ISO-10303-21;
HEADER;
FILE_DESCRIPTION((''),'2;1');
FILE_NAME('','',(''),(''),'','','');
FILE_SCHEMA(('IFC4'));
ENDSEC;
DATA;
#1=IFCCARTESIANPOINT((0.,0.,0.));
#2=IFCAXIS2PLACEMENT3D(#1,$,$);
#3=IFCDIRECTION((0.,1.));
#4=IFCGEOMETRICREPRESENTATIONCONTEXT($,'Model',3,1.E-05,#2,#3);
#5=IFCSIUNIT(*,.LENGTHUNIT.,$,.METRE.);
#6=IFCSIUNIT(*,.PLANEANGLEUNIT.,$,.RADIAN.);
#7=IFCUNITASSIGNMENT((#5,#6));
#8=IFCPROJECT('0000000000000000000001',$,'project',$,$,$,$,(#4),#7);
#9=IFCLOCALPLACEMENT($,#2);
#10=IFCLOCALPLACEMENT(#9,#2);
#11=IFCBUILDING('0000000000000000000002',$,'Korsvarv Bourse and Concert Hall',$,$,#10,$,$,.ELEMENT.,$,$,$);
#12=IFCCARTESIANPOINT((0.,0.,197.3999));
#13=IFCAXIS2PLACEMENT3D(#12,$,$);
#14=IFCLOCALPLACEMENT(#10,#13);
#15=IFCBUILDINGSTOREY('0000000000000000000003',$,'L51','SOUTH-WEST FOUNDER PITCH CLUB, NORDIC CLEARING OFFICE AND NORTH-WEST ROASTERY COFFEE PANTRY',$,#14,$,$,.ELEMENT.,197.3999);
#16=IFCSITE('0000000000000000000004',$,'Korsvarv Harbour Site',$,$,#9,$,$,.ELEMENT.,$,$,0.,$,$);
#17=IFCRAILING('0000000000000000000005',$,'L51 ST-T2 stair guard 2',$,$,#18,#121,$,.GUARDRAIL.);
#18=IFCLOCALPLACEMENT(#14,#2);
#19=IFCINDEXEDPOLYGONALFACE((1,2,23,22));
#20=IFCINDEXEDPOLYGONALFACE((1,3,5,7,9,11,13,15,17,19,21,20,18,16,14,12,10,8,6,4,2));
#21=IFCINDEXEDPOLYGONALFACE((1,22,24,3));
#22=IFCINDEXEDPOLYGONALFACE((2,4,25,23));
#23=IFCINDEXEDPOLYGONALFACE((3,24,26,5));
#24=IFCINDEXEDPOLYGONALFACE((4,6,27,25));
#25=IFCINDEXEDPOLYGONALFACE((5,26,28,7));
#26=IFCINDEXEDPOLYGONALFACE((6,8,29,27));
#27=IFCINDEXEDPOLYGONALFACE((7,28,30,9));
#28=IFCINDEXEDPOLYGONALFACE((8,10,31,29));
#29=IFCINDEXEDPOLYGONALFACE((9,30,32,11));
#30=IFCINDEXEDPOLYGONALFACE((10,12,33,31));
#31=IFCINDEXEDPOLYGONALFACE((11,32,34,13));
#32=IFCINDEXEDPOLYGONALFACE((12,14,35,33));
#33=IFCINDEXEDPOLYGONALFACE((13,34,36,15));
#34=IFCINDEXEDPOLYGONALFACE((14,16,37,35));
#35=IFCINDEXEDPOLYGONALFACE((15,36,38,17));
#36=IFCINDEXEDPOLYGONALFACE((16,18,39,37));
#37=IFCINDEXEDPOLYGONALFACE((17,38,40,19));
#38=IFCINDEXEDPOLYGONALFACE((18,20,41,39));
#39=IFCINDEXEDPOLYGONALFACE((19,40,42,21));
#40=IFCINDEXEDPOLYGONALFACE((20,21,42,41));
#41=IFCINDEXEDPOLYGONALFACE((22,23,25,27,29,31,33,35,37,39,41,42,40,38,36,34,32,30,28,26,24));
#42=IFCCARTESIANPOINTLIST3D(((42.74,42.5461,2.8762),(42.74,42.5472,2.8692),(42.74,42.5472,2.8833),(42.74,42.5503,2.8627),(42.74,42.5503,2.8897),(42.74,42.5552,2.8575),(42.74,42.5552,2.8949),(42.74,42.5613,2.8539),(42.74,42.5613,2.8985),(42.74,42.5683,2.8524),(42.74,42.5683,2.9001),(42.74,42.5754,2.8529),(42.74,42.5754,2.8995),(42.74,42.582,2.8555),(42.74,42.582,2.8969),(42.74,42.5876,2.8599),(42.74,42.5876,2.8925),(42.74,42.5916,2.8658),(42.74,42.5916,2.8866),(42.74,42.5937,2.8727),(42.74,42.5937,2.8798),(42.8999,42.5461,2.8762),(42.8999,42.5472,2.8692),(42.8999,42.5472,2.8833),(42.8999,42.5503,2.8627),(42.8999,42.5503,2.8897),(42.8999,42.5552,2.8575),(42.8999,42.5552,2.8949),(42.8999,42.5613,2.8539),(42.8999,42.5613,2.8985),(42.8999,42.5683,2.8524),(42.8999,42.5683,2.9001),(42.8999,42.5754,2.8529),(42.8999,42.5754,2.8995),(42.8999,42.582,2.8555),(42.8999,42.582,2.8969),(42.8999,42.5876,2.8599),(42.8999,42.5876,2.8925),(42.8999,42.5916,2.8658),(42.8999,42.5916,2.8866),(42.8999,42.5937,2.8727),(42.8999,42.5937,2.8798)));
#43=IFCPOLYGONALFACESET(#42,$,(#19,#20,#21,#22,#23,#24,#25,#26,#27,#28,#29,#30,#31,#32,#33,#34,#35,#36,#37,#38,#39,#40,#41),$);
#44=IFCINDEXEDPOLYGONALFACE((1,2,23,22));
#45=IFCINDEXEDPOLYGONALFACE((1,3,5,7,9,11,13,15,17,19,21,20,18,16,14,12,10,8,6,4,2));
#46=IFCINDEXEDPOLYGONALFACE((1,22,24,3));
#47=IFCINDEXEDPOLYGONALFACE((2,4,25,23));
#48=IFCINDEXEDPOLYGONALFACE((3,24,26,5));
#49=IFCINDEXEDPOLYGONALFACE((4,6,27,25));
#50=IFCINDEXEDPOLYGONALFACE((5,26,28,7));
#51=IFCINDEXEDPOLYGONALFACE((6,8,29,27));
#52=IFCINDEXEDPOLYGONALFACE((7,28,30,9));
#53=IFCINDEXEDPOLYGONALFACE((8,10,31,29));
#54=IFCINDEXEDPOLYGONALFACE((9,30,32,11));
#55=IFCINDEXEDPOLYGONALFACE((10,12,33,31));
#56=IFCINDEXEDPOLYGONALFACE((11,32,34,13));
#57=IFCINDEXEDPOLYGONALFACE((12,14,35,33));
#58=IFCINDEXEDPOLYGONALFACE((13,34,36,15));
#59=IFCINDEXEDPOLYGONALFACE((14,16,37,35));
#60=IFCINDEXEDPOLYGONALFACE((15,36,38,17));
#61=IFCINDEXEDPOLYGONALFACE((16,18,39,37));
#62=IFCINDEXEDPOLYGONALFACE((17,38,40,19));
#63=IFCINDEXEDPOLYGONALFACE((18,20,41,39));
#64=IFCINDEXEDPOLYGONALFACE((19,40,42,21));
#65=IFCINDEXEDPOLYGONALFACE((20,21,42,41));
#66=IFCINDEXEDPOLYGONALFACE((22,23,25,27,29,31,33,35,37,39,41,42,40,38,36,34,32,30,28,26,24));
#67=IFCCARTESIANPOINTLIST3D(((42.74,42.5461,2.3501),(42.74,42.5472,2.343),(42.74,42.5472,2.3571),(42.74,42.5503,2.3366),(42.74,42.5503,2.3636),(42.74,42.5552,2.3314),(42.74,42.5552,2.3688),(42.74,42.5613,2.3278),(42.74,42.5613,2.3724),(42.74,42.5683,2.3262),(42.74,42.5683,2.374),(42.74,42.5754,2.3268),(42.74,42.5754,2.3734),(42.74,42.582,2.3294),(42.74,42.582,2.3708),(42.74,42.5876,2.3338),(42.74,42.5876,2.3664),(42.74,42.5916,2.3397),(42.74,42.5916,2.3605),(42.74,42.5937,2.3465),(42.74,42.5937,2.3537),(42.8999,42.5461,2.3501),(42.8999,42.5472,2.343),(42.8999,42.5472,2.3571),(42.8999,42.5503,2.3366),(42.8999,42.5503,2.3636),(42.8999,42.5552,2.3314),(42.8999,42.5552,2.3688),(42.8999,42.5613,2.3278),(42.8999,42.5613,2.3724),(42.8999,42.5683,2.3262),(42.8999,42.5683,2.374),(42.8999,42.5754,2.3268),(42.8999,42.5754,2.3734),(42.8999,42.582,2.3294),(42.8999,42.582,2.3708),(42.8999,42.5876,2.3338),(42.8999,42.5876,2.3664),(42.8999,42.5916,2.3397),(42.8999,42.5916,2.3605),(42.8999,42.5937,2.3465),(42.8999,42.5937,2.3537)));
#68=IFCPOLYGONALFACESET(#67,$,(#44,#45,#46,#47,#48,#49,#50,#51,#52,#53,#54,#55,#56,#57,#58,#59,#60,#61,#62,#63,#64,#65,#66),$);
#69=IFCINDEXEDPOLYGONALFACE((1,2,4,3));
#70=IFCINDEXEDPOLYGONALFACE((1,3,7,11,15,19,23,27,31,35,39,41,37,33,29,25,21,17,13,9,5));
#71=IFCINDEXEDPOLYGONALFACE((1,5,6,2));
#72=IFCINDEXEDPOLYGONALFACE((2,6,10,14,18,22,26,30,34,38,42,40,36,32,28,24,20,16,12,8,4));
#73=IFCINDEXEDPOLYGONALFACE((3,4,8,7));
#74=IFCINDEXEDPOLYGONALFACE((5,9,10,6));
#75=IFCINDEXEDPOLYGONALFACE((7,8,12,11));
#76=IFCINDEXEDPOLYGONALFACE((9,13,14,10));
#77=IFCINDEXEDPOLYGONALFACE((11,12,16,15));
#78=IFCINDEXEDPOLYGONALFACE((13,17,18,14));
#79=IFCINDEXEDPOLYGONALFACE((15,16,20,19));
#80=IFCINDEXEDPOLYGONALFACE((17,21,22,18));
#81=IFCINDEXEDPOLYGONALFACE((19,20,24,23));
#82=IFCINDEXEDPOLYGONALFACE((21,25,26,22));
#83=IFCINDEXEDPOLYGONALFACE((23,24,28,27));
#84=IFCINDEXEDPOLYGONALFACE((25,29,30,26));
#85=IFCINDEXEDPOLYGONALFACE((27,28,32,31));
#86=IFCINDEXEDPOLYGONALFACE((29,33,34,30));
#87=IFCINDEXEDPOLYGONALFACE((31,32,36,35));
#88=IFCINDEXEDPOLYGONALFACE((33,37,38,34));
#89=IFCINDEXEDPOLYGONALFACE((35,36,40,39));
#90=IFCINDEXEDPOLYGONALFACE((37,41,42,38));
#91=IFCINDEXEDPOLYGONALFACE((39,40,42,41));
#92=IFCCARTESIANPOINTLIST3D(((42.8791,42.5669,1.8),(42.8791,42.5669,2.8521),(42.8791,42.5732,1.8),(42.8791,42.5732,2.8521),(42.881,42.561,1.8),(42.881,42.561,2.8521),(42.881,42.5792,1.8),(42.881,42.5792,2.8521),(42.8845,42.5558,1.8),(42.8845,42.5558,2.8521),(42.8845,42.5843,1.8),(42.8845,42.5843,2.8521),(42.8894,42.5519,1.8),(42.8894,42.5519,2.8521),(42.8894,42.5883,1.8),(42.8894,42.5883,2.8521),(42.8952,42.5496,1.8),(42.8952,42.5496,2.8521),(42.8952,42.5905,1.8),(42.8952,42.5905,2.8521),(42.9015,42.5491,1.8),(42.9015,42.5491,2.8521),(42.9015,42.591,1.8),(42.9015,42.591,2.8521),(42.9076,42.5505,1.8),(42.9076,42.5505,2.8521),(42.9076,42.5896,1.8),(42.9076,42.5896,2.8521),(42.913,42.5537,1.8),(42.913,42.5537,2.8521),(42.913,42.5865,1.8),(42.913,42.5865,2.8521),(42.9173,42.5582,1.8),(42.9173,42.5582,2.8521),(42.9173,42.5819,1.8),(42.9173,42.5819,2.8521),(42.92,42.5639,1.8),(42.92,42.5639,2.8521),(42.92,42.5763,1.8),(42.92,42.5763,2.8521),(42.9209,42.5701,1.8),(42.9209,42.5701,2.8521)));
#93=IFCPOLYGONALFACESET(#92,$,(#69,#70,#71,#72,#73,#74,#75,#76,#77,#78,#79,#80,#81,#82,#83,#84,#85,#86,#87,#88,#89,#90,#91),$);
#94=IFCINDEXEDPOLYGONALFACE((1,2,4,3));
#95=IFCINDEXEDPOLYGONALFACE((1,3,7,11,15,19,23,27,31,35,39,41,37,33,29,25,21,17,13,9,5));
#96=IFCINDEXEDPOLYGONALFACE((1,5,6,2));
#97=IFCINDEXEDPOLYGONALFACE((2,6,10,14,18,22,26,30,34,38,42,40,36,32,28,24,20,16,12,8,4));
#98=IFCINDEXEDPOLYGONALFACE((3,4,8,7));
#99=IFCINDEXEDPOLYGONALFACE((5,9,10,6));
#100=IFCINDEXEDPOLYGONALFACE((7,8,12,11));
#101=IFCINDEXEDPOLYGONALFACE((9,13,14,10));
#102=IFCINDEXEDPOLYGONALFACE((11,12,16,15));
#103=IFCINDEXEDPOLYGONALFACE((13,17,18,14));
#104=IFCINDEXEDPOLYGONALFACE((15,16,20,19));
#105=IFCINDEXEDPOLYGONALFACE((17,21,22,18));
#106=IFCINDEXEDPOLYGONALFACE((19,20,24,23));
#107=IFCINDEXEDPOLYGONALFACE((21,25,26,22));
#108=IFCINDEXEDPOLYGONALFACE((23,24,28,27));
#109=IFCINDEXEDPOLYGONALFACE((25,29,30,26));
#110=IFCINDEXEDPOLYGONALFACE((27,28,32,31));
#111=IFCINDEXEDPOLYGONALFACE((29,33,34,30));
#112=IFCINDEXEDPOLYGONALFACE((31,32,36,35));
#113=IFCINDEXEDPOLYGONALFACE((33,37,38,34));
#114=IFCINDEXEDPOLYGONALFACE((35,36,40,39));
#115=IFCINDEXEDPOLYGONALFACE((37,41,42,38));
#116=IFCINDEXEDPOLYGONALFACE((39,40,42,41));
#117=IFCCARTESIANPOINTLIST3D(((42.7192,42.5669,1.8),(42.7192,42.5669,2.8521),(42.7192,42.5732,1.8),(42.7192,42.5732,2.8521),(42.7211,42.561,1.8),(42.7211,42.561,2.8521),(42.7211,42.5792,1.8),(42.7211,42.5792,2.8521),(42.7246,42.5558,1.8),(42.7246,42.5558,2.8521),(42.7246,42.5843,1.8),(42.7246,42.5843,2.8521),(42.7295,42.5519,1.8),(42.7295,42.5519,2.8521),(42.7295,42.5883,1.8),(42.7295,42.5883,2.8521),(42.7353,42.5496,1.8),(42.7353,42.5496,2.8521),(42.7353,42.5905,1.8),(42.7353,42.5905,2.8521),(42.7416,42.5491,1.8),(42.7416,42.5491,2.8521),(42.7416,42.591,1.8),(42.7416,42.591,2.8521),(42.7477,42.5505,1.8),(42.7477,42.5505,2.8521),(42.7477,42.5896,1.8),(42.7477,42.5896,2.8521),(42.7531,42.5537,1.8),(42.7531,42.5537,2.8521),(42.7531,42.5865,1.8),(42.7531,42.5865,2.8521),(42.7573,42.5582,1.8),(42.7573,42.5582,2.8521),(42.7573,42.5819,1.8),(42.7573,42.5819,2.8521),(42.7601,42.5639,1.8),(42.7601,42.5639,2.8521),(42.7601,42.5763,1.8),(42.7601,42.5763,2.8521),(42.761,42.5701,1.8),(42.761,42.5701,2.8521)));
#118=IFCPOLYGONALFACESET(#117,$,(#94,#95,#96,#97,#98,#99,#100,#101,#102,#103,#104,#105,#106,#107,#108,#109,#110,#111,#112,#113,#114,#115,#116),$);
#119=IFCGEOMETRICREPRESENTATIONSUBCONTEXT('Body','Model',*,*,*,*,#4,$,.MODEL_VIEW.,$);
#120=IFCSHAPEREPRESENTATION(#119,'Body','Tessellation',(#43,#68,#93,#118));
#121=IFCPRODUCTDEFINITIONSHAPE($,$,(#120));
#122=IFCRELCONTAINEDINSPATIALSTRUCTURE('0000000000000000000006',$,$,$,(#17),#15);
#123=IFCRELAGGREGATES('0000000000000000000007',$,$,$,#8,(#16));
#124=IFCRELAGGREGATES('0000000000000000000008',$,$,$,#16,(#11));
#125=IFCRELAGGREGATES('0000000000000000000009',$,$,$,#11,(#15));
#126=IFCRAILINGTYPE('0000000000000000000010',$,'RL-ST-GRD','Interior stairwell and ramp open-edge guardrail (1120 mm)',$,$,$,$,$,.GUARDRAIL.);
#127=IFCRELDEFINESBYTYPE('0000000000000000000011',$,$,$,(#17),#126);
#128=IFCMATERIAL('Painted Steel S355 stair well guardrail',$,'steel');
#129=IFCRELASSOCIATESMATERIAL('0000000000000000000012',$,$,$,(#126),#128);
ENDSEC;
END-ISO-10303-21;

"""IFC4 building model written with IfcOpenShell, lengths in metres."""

from ifc_helpers import new_model, si_unit, direction, frame, origin, origin_2d, place, context, subcontext, project, spatial, circle, extrude, material, type_object, element, save


model = new_model("IFC4")

# Units and contexts
model_context = context("Model", 3, precision=1e-05, world=origin(), true_north=direction((0.0, 1.0)))
body_context = subcontext(model_context, "Body", "Model", "MODEL_VIEW")
ifc_project = project(units=[si_unit("LENGTHUNIT", "METRE"), si_unit("PLANEANGLEUNIT", "RADIAN")], contexts=[model_context])

# Site, building, storey
site_placement = place(None, origin())
site = spatial("IfcSite", under=ifc_project, at=site_placement, Name="Korsvarv Harbour Site", CompositionType="ELEMENT", RefElevation=0.0)
building_placement = place(site_placement, origin())
building = spatial("IfcBuilding", under=site, at=building_placement, Name="Korsvarv Bourse and Concert Hall", CompositionType="ELEMENT")
storey_placement = place(building_placement, frame((0.0, 0.0, 197.3999)))
storey = spatial("IfcBuildingStorey", under=building, at=storey_placement, Name="L51", Description="SOUTH-WEST FOUNDER PITCH CLUB, NORDIC CLEARING OFFICE AND NORTH-WEST ROASTERY COFFEE PANTRY", CompositionType="ELEMENT", Elevation=197.3999)

# Railing
ifc_material_1 = material(Name="Painted Steel S355 stair well guardrail", Category="steel")
railing_type_1 = type_object("IfcRailingType", Name="RL-ST-GRD", Description="Interior stairwell and ramp open-edge guardrail (1120 mm)", PredefinedType="GUARDRAIL", material=ifc_material_1)
railing_1_placement = place(storey_placement, frame((42.8999, 42.5701, 1.8)))
element("IfcRailing", 1, at=railing_1_placement, inside=storey, type_object=railing_type_1, Name="L51 ST-T2 stair guard 2", PredefinedType="GUARDRAIL", context=body_context, shape_type="SweptSolid", body=[
    extrude(circle(Radius=0.0239, at=origin_2d()), frame((0.0, 0.0, 1.0762), z_axis=(-1.0, 0.0, 0.0), x_axis=(0.0, -1.0, 0.0)), (0.0, 0.0, 1.0), 0.1599),
    extrude(circle(Radius=0.0239, at=origin_2d()), frame((0.0, 0.0, 0.55), z_axis=(-1.0, 0.0, 0.0), x_axis=(0.0, -1.0, 0.0)), (0.0, 0.0, 1.0), 0.1599),
    extrude(circle(Radius=0.021, at=origin_2d()), origin(), (0.0, 0.0, 1.0), 1.052),
    extrude(circle(Radius=0.021, at=origin_2d()), frame((-0.1599, 0.0, 0.0)), (0.0, 0.0, 1.0), 1.052),
])

save(model, "model.ifc")
